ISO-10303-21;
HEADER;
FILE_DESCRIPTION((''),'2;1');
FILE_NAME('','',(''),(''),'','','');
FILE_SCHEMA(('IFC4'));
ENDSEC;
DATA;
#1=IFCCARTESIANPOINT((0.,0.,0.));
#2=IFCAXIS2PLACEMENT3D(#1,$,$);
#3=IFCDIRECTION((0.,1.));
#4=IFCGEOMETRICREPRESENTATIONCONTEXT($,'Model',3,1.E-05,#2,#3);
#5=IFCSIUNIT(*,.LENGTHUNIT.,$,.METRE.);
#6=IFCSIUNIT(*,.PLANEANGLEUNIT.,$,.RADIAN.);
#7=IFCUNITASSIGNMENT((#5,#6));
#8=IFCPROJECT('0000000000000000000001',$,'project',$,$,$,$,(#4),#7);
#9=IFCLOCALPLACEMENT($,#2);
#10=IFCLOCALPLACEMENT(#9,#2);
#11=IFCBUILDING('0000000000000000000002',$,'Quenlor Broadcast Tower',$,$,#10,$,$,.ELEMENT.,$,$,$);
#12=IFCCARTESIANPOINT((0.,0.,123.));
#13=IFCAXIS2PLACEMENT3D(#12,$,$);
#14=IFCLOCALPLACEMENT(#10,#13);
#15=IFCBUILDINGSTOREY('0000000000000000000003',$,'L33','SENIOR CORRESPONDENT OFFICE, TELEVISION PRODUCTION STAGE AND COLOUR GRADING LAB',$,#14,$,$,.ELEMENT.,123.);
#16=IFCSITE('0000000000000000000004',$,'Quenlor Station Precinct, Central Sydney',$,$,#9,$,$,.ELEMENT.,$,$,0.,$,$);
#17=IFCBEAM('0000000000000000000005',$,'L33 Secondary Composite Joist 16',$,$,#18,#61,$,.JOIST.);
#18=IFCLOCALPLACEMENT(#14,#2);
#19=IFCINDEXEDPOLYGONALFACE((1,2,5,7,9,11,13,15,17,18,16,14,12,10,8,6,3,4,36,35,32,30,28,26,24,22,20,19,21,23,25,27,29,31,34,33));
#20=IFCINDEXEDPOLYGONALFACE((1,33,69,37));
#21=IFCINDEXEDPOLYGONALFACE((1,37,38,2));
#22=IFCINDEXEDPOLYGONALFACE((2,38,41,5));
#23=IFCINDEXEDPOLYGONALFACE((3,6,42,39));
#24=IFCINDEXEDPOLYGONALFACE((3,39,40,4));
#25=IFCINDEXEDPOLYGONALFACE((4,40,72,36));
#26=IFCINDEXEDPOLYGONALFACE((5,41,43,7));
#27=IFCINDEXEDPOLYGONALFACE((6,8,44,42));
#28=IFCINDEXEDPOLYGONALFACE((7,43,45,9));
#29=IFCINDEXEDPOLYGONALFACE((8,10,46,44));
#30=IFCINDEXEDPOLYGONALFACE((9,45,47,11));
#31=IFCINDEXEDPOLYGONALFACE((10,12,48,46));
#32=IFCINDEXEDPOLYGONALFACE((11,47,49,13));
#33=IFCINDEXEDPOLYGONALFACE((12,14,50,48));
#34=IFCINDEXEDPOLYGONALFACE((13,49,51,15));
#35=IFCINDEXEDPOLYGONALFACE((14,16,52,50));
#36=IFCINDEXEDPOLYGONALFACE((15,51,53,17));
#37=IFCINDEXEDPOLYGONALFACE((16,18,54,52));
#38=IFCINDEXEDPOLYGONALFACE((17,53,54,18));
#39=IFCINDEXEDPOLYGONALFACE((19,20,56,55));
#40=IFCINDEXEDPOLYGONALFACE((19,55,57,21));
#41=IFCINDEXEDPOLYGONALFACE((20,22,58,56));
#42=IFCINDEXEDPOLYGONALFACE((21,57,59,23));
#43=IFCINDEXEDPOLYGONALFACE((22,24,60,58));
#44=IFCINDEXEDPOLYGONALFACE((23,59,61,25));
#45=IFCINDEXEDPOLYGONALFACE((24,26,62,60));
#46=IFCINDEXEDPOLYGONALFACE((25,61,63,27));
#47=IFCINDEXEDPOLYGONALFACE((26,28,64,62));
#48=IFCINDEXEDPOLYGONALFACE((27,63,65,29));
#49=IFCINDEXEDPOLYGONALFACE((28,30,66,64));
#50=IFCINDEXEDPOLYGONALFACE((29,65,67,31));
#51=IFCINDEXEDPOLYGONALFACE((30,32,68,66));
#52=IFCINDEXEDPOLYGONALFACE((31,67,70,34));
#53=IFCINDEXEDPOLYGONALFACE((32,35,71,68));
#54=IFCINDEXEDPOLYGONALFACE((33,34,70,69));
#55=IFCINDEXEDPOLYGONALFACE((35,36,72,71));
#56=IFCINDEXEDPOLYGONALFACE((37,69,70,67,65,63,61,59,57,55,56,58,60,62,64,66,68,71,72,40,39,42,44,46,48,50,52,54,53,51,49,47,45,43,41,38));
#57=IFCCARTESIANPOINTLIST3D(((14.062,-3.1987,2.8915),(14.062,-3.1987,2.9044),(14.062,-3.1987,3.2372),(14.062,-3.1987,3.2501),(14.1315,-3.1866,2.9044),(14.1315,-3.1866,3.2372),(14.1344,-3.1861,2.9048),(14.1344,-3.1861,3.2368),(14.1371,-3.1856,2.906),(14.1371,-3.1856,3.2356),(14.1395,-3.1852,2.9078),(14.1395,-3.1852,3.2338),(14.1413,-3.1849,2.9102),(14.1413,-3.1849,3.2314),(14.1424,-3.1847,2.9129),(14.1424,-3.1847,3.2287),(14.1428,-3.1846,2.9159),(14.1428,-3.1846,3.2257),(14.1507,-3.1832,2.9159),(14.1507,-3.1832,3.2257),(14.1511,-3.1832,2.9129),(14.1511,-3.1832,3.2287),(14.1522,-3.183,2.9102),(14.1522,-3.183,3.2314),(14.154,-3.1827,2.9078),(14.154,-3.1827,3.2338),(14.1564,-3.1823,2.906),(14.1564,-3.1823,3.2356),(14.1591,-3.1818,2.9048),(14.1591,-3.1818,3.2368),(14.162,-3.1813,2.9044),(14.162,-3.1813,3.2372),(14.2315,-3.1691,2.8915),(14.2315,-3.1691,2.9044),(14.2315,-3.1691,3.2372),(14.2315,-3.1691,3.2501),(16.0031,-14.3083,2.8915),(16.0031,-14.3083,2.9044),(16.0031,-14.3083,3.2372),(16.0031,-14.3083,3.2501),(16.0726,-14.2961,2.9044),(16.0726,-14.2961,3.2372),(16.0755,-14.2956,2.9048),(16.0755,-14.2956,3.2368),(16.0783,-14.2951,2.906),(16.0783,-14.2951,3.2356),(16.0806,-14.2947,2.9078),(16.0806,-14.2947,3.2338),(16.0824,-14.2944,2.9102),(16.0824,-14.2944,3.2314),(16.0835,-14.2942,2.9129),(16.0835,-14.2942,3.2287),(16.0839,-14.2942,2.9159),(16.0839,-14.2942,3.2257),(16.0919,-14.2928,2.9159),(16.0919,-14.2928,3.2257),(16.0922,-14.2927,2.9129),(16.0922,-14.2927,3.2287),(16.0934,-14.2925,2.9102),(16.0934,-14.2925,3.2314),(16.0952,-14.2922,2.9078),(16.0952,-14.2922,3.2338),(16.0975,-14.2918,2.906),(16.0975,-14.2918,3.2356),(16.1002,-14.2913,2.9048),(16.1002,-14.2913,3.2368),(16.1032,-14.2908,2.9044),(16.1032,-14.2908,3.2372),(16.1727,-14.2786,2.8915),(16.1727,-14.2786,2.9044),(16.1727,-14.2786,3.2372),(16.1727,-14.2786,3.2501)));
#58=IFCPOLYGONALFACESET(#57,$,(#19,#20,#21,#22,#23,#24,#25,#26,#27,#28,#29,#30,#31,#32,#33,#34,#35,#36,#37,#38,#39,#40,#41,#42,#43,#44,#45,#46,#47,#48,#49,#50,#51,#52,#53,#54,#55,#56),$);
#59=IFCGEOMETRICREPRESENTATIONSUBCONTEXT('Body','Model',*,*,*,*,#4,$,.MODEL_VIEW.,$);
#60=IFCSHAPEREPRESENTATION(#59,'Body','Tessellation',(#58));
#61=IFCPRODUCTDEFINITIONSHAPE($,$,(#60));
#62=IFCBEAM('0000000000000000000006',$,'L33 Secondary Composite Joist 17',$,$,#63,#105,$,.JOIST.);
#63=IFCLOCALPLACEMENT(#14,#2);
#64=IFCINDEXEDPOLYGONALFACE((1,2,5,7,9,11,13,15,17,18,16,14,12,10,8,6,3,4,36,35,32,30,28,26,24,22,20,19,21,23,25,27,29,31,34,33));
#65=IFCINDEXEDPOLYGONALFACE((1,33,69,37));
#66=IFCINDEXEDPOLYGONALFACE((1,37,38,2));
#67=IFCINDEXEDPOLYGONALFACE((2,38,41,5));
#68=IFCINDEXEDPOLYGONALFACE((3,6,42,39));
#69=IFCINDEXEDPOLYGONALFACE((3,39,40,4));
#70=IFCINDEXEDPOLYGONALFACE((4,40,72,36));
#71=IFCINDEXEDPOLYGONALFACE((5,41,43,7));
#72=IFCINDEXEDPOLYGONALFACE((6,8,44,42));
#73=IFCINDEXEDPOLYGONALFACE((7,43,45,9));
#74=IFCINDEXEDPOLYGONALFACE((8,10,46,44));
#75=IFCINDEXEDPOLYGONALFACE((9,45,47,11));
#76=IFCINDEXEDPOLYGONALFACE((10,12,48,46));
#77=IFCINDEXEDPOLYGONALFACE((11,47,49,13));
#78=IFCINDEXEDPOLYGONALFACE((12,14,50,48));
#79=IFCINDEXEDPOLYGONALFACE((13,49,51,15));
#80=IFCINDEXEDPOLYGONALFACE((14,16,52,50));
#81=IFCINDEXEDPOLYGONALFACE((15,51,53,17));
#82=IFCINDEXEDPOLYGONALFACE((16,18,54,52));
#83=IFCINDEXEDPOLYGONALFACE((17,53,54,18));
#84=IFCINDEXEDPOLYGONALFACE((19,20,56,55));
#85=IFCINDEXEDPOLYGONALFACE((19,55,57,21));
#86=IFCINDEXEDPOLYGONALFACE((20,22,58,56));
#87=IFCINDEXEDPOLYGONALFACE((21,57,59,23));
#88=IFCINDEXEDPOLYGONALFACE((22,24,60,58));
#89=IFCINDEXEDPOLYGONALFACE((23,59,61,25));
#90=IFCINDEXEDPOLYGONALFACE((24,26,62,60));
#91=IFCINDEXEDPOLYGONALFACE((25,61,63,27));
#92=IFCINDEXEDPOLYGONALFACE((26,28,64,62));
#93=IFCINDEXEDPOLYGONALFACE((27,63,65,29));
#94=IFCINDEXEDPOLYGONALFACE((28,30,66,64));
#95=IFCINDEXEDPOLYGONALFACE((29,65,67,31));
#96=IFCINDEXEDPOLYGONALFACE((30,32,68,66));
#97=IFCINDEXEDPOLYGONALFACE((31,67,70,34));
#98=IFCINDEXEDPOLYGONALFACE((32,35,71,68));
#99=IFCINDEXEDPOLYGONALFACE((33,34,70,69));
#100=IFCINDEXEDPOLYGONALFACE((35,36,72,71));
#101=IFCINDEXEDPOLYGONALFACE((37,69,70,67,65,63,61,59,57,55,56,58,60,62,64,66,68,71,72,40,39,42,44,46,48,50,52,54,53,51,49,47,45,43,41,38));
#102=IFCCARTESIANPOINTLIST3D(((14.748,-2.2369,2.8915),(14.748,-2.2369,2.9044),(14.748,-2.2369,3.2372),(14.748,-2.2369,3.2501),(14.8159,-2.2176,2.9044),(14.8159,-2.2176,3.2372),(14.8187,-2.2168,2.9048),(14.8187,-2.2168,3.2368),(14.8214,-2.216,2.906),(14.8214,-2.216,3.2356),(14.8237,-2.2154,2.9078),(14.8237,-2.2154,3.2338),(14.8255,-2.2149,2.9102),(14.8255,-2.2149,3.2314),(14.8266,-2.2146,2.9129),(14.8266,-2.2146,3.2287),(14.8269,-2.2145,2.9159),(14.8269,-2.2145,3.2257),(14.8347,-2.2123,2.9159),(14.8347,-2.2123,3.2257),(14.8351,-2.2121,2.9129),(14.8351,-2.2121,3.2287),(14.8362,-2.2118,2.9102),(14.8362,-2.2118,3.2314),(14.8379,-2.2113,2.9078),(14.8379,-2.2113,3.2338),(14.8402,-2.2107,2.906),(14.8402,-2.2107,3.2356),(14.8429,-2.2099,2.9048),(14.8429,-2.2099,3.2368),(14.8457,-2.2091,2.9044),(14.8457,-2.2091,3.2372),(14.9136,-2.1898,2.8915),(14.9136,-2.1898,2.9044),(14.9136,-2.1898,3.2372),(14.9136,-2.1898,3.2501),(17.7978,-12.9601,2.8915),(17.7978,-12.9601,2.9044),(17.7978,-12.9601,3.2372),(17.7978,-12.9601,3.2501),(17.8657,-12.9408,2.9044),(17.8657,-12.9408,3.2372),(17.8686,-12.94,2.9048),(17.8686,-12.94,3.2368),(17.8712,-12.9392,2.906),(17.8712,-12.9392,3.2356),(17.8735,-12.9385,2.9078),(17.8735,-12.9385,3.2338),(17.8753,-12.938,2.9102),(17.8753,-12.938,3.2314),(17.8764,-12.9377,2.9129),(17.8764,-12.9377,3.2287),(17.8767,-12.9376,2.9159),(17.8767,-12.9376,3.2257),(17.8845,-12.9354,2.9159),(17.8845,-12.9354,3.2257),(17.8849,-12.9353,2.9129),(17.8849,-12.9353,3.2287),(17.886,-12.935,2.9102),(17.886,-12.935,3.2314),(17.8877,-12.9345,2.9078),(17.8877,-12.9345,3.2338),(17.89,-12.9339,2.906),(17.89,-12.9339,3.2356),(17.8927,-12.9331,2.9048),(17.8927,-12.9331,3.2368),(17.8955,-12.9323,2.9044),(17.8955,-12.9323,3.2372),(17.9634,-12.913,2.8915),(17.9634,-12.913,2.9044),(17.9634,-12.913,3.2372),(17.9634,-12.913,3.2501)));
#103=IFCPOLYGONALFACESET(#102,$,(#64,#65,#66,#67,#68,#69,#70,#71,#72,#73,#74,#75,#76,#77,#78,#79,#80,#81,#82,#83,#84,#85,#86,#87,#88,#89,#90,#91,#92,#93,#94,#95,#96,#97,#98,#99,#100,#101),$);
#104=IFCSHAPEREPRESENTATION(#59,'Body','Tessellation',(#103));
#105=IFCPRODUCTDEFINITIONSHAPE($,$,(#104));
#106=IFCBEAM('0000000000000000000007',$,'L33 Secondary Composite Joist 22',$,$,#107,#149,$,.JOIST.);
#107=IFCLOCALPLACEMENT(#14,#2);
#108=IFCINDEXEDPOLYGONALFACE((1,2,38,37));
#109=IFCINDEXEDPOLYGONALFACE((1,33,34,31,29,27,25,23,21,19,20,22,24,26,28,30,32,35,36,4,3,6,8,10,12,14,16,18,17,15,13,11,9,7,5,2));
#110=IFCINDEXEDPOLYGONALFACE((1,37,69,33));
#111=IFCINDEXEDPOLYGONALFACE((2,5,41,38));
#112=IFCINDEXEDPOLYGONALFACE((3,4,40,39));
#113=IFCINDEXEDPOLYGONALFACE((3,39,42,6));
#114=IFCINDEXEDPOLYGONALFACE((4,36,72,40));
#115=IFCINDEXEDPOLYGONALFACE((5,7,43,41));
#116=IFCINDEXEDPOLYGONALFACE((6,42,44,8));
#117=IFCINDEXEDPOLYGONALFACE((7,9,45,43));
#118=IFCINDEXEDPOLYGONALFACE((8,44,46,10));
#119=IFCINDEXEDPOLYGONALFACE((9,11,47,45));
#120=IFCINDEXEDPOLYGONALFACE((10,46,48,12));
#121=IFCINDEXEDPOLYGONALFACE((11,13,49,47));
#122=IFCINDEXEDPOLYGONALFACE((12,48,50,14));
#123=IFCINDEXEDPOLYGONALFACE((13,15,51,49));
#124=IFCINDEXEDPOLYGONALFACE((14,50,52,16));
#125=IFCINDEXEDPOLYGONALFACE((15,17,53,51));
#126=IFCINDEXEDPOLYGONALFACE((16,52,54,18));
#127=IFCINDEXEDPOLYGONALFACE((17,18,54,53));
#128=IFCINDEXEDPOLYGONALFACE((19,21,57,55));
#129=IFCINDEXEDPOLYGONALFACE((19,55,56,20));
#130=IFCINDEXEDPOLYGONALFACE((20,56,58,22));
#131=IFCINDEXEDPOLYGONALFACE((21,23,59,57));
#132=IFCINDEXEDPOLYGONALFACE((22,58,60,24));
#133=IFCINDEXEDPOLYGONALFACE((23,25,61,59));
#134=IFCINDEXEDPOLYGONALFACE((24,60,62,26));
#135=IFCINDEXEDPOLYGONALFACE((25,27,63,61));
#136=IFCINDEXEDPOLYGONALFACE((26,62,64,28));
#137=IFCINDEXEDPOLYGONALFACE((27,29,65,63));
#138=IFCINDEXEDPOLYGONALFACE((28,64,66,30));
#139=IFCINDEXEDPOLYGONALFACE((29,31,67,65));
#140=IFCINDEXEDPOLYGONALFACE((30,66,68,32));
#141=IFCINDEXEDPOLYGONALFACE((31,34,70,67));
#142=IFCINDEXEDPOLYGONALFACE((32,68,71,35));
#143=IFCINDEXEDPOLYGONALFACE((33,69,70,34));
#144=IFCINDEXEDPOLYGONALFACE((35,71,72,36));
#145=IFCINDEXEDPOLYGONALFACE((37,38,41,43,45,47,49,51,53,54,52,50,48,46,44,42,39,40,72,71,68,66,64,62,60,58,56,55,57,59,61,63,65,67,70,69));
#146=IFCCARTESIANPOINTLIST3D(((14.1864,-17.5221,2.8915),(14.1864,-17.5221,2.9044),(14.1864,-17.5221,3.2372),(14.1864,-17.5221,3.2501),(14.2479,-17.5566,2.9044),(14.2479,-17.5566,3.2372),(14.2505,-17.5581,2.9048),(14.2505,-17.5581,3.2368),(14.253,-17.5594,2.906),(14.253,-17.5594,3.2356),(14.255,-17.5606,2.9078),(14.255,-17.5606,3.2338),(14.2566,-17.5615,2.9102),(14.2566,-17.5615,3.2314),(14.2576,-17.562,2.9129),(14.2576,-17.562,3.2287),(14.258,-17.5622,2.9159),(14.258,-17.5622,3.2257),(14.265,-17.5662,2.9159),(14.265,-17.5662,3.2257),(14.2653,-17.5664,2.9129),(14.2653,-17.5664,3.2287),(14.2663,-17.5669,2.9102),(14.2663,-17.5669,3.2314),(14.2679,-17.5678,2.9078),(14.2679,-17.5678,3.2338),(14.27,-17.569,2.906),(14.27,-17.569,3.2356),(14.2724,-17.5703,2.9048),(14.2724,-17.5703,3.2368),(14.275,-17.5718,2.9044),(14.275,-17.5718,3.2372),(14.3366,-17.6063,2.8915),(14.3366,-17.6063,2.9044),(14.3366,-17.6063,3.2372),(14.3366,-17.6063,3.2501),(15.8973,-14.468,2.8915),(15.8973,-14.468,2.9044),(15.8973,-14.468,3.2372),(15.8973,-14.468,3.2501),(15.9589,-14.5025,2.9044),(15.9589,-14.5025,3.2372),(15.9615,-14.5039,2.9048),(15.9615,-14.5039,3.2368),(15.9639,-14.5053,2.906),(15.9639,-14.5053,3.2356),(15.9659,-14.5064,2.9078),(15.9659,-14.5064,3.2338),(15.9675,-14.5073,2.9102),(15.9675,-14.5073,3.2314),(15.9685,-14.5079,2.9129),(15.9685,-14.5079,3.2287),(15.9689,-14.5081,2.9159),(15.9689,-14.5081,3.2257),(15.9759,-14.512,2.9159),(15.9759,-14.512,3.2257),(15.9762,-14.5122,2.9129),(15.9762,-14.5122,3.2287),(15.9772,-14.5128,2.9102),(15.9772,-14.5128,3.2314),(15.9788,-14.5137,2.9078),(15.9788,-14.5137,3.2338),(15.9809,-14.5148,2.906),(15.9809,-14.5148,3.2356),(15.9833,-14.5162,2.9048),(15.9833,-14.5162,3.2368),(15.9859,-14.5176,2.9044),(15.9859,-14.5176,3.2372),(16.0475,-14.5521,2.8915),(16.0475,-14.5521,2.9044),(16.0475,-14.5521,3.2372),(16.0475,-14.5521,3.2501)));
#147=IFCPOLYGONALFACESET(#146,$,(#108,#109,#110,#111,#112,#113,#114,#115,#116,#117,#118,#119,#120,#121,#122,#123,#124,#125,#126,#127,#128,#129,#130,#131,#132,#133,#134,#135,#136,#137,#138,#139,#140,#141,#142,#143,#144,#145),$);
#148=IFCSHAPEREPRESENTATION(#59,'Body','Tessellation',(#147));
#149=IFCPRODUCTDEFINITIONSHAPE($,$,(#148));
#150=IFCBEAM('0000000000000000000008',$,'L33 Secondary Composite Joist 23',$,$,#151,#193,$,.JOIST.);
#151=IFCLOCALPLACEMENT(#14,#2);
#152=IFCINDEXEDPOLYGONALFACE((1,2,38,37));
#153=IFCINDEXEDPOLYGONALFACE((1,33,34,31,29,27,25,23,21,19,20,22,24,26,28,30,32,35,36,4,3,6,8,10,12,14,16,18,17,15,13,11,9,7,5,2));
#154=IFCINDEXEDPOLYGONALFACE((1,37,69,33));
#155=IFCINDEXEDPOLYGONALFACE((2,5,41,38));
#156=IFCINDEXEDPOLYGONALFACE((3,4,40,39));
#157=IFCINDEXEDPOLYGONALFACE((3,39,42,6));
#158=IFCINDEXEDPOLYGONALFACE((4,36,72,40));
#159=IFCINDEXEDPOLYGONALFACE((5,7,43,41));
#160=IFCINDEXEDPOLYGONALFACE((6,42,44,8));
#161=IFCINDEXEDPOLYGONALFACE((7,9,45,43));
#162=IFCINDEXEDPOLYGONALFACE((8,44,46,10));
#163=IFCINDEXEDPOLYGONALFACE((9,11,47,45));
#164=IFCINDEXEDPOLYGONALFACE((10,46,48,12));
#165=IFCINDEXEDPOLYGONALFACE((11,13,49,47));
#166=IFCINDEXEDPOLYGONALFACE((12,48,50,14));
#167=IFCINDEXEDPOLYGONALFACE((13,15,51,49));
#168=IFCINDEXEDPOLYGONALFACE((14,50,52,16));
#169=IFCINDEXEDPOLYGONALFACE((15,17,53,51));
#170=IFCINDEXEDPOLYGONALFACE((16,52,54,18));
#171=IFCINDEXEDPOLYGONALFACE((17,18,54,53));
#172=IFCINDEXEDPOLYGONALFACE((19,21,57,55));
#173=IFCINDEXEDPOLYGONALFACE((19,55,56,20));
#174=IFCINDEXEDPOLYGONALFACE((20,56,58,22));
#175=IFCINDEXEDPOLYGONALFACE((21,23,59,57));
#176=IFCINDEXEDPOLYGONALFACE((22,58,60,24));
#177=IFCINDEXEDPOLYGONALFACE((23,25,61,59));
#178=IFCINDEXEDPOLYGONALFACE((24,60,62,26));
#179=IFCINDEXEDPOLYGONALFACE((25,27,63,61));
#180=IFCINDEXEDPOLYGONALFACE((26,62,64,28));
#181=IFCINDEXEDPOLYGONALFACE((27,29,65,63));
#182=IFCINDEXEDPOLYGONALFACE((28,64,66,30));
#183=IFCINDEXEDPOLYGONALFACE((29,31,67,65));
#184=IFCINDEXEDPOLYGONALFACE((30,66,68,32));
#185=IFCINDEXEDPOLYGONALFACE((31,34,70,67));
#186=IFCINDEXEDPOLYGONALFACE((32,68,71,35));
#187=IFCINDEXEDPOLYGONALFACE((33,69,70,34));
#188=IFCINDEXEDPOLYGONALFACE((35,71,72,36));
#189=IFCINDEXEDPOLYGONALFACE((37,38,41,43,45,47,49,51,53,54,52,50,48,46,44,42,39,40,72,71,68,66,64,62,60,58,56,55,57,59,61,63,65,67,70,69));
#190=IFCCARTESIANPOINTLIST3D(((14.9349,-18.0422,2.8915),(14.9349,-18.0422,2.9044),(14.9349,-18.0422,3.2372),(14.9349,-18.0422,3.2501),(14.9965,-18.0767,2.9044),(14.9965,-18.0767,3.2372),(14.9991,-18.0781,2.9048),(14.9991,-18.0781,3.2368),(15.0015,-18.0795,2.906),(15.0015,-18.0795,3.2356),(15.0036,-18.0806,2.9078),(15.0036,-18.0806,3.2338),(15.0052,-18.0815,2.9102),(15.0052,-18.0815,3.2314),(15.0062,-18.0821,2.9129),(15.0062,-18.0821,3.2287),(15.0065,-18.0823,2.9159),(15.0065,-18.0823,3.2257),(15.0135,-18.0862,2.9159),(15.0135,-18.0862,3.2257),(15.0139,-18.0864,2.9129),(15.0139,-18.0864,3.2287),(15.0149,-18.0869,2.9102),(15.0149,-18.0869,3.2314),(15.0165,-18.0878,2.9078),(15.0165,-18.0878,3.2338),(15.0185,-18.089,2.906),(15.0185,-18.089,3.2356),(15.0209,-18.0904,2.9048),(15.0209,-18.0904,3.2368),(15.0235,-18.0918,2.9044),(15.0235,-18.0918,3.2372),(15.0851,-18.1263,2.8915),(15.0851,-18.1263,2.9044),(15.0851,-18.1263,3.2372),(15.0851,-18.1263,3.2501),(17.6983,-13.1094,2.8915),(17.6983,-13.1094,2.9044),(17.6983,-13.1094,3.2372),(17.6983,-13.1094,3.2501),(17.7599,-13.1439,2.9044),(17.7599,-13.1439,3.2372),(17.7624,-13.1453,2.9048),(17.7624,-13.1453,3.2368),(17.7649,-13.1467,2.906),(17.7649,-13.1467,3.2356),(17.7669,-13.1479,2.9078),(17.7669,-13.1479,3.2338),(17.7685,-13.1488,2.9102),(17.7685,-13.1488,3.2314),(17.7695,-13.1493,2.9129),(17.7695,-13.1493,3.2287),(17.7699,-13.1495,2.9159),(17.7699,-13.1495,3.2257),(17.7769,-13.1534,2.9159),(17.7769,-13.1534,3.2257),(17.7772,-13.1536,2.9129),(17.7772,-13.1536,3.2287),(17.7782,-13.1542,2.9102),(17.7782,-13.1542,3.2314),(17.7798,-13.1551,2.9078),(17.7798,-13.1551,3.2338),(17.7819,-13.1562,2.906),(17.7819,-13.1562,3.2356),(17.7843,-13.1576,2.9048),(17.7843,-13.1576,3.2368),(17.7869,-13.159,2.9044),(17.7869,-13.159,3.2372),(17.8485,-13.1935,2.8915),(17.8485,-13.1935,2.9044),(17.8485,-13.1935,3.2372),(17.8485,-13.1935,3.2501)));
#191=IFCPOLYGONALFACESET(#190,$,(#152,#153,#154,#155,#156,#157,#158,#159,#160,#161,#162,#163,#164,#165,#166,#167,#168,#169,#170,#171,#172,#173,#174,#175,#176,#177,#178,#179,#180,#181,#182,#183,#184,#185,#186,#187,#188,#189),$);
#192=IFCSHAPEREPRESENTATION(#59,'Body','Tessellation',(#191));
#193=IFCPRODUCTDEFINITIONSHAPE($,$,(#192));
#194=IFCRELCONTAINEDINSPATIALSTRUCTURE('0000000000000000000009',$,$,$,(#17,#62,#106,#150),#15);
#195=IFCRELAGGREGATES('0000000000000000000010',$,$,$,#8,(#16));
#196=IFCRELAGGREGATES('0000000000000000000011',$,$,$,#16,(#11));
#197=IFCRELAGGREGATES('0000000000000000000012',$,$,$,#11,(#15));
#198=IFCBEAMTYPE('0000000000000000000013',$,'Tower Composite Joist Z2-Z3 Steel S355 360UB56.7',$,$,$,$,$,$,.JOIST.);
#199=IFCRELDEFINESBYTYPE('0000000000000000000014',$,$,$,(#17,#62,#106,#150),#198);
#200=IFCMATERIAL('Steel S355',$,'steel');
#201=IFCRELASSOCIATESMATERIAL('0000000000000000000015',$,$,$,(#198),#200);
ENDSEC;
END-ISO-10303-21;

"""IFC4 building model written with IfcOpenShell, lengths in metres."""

from ifc_helpers import new_model, si_unit, direction, frame, origin, origin_2d, place, context, subcontext, project, spatial, i_section, extrude, material, material_profile, profile_set, type_object, element, save


model = new_model("IFC4")

# Units and contexts
model_context = context("Model", 3, precision=1e-05, world=origin(), true_north=direction((0.0, 1.0)))
body_context = subcontext(model_context, "Body", "Model", "MODEL_VIEW")
ifc_project = project(units=[si_unit("LENGTHUNIT", "METRE"), si_unit("PLANEANGLEUNIT", "RADIAN")], contexts=[model_context])

# Site, building, storey
site_placement = place(None, origin())
site = spatial("IfcSite", under=ifc_project, at=site_placement, Name="Quenlor Station Precinct, Central Sydney", CompositionType="ELEMENT", RefElevation=0.0)
building_placement = place(site_placement, origin())
building = spatial("IfcBuilding", under=site, at=building_placement, Name="Quenlor Broadcast Tower", CompositionType="ELEMENT")
storey_placement = place(building_placement, frame((0.0, 0.0, 123.0)))
storey = spatial("IfcBuildingStorey", under=building, at=storey_placement, Name="L33", Description="SENIOR CORRESPONDENT OFFICE, TELEVISION PRODUCTION STAGE AND COLOUR GRADING LAB", CompositionType="ELEMENT", Elevation=123.0)

# Beams
ifc_material_1 = material(Name="Steel S355", Category="steel")
ifc_material_profile_1 = material_profile(ifc_material_1, i_section(OverallWidth=0.1721, OverallDepth=0.3586, WebThickness=0.0081, FlangeThickness=0.0129, FilletRadius=0.0115, at=origin_2d()))
ifc_profile_set_1 = profile_set([ifc_material_profile_1], Name="Steel S355 360UB56.7")
beam_type_1 = type_object("IfcBeamType", Name="Tower Composite Joist Z2-Z3 Steel S355 360UB56.7", PredefinedType="JOIST", material=ifc_profile_set_1)
beam_1_placement = place(storey_placement, frame((16.0879, -14.2935, 3.0708), z_axis=(-0.17212, 0.985076, 0.0), x_axis=(-0.985076, -0.17212, 0.0)))
element("IfcBeam", 1, at=beam_1_placement, inside=storey, type_object=beam_type_1, Name="L33 Secondary Composite Joist 16", PredefinedType="JOIST", context=body_context, shape_type="SweptSolid", body=[
    extrude(i_section(OverallWidth=0.1721, OverallDepth=0.3586, WebThickness=0.0081, FlangeThickness=0.0129, FilletRadius=0.0115, at=origin_2d()), origin(), (0.0, 0.0, 1.0), 11.2778),
])
beam_2_placement = place(storey_placement, frame((17.8806, -12.9365, 3.0708), z_axis=(-0.273564, 0.961854, 0.0), x_axis=(-0.961854, -0.273564, 0.0)))
element("IfcBeam", 2, at=beam_2_placement, inside=storey, type_object=beam_type_1, Name="L33 Secondary Composite Joist 17", PredefinedType="JOIST", context=body_context, shape_type="SweptSolid", body=[
    extrude(i_section(OverallWidth=0.1721, OverallDepth=0.3586, WebThickness=0.0081, FlangeThickness=0.0129, FilletRadius=0.0115, at=origin_2d()), origin(), (0.0, 0.0, 1.0), 11.1484),
])
beam_3_placement = place(storey_placement, frame((14.2615, -17.5642, 3.0708), z_axis=(0.488731, 0.872435, 0.0), x_axis=(-0.872435, 0.488731, 0.0)))
element("IfcBeam", 3, at=beam_3_placement, inside=storey, type_object=beam_type_1, Name="L33 Secondary Composite Joist 22", PredefinedType="JOIST", context=body_context, shape_type="SweptSolid", body=[
    extrude(i_section(OverallWidth=0.1721, OverallDepth=0.3586, WebThickness=0.0081, FlangeThickness=0.0129, FilletRadius=0.0115, at=origin_2d()), origin(), (0.0, 0.0, 1.0), 3.5007),
])
beam_4_placement = place(storey_placement, frame((15.01, -18.0842, 3.0708), z_axis=(0.488741, 0.872429, 0.0), x_axis=(-0.872429, 0.488741, 0.0)))
element("IfcBeam", 4, at=beam_4_placement, inside=storey, type_object=beam_type_1, Name="L33 Secondary Composite Joist 23", PredefinedType="JOIST", context=body_context, shape_type="SweptSolid", body=[
    extrude(i_section(OverallWidth=0.1721, OverallDepth=0.3586, WebThickness=0.0081, FlangeThickness=0.0129, FilletRadius=0.0115, at=origin_2d()), origin(), (0.0, 0.0, 1.0), 5.6541),
])

save(model, "model.ifc")
